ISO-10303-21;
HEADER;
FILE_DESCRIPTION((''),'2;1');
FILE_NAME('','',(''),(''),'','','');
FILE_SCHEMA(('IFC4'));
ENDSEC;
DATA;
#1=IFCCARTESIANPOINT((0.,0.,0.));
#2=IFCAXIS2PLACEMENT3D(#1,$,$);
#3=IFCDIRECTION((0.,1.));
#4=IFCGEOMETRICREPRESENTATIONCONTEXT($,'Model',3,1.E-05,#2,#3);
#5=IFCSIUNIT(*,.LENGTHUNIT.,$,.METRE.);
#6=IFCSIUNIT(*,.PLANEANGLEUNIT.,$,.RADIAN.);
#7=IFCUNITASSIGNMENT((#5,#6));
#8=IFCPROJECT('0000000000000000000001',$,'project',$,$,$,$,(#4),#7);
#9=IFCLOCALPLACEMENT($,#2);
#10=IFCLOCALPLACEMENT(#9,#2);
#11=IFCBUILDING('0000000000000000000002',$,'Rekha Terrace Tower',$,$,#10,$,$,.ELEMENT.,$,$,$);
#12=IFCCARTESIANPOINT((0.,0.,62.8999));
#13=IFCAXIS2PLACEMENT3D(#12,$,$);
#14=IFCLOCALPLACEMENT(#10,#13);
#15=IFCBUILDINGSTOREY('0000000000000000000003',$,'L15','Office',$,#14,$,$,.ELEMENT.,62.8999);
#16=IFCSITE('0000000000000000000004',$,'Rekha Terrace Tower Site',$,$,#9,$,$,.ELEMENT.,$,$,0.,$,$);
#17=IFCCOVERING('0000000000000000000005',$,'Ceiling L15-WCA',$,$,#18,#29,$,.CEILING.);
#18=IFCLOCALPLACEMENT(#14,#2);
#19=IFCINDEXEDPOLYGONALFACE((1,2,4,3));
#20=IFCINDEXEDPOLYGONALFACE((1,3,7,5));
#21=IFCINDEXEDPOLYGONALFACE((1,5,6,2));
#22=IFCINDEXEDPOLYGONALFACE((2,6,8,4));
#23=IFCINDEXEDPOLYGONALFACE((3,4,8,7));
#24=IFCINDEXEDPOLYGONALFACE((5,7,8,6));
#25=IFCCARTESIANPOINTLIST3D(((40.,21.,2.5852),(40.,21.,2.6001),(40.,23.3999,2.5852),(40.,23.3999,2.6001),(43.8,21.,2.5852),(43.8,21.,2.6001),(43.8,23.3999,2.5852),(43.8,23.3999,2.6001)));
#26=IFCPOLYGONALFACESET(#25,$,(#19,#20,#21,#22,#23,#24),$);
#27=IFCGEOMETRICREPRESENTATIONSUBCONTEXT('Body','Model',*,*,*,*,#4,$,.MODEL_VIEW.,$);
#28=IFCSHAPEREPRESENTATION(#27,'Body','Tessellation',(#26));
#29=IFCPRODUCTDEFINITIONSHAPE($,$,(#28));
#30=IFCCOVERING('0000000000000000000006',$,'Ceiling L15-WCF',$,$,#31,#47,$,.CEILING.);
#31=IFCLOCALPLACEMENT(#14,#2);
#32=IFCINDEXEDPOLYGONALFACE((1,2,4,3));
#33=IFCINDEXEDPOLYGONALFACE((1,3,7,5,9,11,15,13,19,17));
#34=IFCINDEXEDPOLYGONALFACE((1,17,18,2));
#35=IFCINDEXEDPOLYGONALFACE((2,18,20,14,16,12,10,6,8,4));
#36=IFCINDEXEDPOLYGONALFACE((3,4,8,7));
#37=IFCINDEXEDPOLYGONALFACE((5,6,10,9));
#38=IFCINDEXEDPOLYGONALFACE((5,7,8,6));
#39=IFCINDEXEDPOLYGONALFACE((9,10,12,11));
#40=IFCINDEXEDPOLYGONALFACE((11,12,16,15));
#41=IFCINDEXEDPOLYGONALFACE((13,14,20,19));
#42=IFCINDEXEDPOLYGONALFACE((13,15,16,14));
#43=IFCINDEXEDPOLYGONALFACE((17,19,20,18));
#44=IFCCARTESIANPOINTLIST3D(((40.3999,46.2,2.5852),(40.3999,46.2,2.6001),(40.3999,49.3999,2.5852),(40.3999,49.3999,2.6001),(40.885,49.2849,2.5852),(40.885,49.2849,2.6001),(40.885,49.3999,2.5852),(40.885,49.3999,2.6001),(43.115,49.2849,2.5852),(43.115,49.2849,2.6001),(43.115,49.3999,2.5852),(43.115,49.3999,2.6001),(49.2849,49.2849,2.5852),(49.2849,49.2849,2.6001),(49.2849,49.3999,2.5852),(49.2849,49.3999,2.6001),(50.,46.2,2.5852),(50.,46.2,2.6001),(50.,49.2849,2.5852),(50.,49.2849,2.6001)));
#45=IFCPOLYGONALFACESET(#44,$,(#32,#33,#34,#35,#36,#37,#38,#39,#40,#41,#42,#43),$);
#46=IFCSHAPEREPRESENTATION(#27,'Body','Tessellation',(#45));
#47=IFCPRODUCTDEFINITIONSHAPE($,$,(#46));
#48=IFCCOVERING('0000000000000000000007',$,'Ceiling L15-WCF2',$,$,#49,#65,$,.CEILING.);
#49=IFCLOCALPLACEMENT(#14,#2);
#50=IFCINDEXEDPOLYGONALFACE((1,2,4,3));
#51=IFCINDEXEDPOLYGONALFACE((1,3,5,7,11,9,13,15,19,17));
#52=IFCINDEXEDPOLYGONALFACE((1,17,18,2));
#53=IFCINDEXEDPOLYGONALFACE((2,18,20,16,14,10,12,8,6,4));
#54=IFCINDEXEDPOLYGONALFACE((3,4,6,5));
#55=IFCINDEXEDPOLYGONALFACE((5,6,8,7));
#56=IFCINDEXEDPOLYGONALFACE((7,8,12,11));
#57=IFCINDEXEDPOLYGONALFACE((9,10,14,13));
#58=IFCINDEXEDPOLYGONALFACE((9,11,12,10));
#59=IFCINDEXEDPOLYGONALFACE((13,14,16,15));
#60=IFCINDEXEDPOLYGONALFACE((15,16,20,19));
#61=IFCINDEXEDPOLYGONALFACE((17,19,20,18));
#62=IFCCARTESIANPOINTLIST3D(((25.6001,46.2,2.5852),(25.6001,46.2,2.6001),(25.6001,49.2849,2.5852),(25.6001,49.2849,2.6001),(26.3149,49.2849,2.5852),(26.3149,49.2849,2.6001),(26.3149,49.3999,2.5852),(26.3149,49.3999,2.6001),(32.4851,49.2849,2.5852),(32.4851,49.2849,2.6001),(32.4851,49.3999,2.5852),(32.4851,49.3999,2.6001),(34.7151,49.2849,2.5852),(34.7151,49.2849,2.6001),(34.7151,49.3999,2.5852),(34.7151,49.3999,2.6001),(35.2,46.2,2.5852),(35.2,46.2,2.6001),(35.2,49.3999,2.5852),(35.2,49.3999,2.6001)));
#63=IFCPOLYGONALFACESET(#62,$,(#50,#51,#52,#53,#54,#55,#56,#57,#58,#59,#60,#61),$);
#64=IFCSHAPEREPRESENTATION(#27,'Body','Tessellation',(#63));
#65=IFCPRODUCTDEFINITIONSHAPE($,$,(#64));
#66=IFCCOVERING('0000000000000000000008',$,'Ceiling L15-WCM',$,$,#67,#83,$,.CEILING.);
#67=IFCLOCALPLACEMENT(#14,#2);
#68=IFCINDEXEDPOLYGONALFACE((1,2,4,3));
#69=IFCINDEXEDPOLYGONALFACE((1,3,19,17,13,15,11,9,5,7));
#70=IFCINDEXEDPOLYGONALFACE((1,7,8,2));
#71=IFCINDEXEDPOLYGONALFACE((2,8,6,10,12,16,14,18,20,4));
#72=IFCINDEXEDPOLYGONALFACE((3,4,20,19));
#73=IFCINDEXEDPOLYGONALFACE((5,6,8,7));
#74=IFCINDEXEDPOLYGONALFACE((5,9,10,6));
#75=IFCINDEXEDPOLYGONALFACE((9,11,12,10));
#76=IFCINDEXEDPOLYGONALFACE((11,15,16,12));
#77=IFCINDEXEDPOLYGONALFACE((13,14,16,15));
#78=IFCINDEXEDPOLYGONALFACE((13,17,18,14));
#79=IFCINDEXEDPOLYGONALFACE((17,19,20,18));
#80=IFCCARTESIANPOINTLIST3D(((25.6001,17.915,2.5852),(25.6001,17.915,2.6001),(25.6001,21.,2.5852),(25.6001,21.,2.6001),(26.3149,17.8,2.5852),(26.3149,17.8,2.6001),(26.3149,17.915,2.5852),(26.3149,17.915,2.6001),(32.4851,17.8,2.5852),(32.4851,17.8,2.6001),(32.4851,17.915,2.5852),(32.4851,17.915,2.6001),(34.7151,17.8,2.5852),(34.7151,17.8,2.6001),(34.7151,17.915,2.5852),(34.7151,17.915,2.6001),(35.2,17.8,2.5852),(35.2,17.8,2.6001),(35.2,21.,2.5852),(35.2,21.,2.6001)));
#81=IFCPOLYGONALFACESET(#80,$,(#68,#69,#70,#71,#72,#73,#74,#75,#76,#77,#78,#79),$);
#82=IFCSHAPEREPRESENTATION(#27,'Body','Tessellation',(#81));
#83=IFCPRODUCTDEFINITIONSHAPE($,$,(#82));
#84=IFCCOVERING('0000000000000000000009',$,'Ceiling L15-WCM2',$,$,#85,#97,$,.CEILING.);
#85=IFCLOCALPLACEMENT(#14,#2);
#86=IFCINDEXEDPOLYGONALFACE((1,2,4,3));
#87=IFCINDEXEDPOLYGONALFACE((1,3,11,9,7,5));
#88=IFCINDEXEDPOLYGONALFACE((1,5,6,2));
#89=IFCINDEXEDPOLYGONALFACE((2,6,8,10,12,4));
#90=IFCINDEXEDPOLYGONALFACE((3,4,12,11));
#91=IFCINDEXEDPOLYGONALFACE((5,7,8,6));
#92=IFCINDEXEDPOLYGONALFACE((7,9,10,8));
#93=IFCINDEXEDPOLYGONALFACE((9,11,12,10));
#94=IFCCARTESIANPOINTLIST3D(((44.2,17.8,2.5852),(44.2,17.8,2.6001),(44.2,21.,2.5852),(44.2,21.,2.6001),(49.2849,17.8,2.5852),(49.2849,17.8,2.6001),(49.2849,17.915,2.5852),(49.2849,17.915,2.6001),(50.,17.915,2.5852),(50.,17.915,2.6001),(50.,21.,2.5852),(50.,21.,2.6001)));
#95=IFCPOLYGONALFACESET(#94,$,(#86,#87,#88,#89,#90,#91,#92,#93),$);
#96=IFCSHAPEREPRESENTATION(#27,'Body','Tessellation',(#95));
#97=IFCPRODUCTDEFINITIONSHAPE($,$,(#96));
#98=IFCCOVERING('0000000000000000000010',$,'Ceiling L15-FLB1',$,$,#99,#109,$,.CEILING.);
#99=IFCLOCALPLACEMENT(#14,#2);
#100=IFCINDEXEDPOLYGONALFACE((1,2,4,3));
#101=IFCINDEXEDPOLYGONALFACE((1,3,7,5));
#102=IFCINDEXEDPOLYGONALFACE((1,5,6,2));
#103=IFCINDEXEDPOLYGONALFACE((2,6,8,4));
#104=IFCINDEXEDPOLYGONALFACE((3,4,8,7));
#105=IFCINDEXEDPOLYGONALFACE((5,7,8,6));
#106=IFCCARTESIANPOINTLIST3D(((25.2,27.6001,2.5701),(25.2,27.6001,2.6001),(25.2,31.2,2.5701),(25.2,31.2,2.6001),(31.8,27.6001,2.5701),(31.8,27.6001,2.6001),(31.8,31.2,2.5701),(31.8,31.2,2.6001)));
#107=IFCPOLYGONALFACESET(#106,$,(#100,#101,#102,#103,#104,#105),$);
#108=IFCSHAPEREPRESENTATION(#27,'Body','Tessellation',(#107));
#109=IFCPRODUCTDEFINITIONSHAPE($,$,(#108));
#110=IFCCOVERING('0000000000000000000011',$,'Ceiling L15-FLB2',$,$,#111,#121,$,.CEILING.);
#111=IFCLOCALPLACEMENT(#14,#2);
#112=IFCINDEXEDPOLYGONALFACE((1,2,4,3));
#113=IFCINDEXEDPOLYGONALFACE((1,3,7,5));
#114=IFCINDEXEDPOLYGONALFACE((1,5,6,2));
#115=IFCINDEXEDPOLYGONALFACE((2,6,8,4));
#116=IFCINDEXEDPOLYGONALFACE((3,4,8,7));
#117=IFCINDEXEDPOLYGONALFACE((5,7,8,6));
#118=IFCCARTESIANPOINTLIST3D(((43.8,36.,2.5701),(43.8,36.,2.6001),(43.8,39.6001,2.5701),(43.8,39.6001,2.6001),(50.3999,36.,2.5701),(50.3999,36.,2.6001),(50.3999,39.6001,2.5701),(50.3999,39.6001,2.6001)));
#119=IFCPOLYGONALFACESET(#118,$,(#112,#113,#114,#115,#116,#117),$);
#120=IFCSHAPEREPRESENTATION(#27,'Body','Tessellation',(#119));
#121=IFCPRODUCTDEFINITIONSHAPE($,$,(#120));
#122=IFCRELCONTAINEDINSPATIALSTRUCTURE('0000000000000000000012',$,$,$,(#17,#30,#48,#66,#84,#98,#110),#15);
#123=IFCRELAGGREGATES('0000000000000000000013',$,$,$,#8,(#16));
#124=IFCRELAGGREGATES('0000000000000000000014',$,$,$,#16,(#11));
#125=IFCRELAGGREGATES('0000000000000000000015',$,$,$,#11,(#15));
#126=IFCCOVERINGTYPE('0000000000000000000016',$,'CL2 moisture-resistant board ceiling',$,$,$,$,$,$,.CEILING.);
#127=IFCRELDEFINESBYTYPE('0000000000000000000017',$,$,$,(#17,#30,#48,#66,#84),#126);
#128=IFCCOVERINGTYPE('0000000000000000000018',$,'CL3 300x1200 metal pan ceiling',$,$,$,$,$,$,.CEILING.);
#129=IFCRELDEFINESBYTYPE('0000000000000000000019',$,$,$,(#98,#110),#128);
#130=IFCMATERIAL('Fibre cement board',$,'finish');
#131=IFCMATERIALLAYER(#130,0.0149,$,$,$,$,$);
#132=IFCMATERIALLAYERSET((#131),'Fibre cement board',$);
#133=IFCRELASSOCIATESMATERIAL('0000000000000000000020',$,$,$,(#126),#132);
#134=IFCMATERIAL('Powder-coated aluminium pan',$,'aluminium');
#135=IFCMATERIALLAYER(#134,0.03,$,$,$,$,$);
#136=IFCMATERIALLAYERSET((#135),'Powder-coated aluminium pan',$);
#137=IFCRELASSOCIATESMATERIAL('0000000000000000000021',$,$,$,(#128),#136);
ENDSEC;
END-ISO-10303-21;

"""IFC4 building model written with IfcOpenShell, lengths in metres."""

from ifc_helpers import new_model, si_unit, direction, frame, origin, place, context, subcontext, project, spatial, polyline, outline, extrude, material, layer, layer_set, type_object, element, save


model = new_model("IFC4")

# Units and contexts
model_context = context("Model", 3, precision=1e-05, world=origin(), true_north=direction((0.0, 1.0)))
body_context = subcontext(model_context, "Body", "Model", "MODEL_VIEW")
ifc_project = project(units=[si_unit("LENGTHUNIT", "METRE"), si_unit("PLANEANGLEUNIT", "RADIAN")], contexts=[model_context])

# Site, building, storey
site_placement = place(None, origin())
site = spatial("IfcSite", under=ifc_project, at=site_placement, Name="Rekha Terrace Tower Site", CompositionType="ELEMENT", RefElevation=0.0)
building_placement = place(site_placement, origin())
building = spatial("IfcBuilding", under=site, at=building_placement, Name="Rekha Terrace Tower", CompositionType="ELEMENT")
storey_placement = place(building_placement, frame((0.0, 0.0, 62.8999)))
storey = spatial("IfcBuildingStorey", under=building, at=storey_placement, Name="L15", Description="Office", CompositionType="ELEMENT", Elevation=62.8999)

# Coverings
ifc_material_1 = material(Name="Fibre cement board", Category="finish")
ifc_layer_1 = layer(ifc_material_1, 0.0149)
ifc_layer_set_1 = layer_set([ifc_layer_1], Name="Fibre cement board")
covering_type_1 = type_object("IfcCoveringType", Name="CL2 moisture-resistant board ceiling", PredefinedType="CEILING", material=ifc_layer_set_1)
covering_1_placement = place(storey_placement, frame((0.0, 0.0, 2.5852)))
element("IfcCovering", 1, at=covering_1_placement, inside=storey, type_object=covering_type_1, Name="Ceiling L15-WCA", PredefinedType="CEILING", context=body_context, shape_type="SweptSolid", body=[
    extrude(outline(polyline([(43.8, 23.3999), (40.0, 23.3999), (40.0, 21.0), (43.8, 21.0), (43.8, 23.3999)])), origin(), (0.0, 0.0, 1.0), 0.0149),
])
covering_2_placement = place(storey_placement, frame((0.0, 0.0, 2.5852)))
element("IfcCovering", 2, at=covering_2_placement, inside=storey, type_object=covering_type_1, Name="Ceiling L15-WCF", PredefinedType="CEILING", context=body_context, shape_type="SweptSolid", body=[
    extrude(outline(polyline([(40.885, 49.3999), (40.3999, 49.3999), (40.3999, 46.2), (50.0, 46.2), (50.0, 49.2849), (49.2849, 49.2849), (49.2849, 49.3999), (43.115, 49.3999), (43.115, 49.2849), (40.885, 49.2849), (40.885, 49.3999)])), origin(), (0.0, 0.0, 1.0), 0.0149),
])
covering_3_placement = place(storey_placement, frame((0.0, 0.0, 2.5852)))
element("IfcCovering", 3, at=covering_3_placement, inside=storey, type_object=covering_type_1, Name="Ceiling L15-WCF2", PredefinedType="CEILING", context=body_context, shape_type="SweptSolid", body=[
    extrude(outline(polyline([(26.3149, 49.2849), (25.6001, 49.2849), (25.6001, 46.2), (35.2, 46.2), (35.2, 49.3999), (34.7151, 49.3999), (34.7151, 49.2849), (32.4851, 49.2849), (32.4851, 49.3999), (26.3149, 49.3999), (26.3149, 49.2849)])), origin(), (0.0, 0.0, 1.0), 0.0149),
])
covering_4_placement = place(storey_placement, frame((0.0, 0.0, 2.5852)))
element("IfcCovering", 4, at=covering_4_placement, inside=storey, type_object=covering_type_1, Name="Ceiling L15-WCM", PredefinedType="CEILING", context=body_context, shape_type="SweptSolid", body=[
    extrude(outline(polyline([(35.2, 21.0), (25.6001, 21.0), (25.6001, 17.915), (26.3149, 17.915), (26.3149, 17.8), (32.4851, 17.8), (32.4851, 17.915), (34.7151, 17.915), (34.7151, 17.8), (35.2, 17.8), (35.2, 21.0)])), origin(), (0.0, 0.0, 1.0), 0.0149),
])
covering_5_placement = place(storey_placement, frame((0.0, 0.0, 2.5852)))
element("IfcCovering", 5, at=covering_5_placement, inside=storey, type_object=covering_type_1, Name="Ceiling L15-WCM2", PredefinedType="CEILING", context=body_context, shape_type="SweptSolid", body=[
    extrude(outline(polyline([(50.0, 21.0), (44.2, 21.0), (44.2, 17.8), (49.2849, 17.8), (49.2849, 17.915), (50.0, 17.915), (50.0, 21.0)])), origin(), (0.0, 0.0, 1.0), 0.0149),
])
ifc_material_2 = material(Name="Powder-coated aluminium pan", Category="aluminium")
ifc_layer_2 = layer(ifc_material_2, 0.03)
ifc_layer_set_2 = layer_set([ifc_layer_2], Name="Powder-coated aluminium pan")
covering_type_2 = type_object("IfcCoveringType", Name="CL3 300x1200 metal pan ceiling", PredefinedType="CEILING", material=ifc_layer_set_2)
covering_6_placement = place(storey_placement, frame((0.0, 0.0, 2.5701)))
element("IfcCovering", 6, at=covering_6_placement, inside=storey, type_object=covering_type_2, Name="Ceiling L15-FLB1", PredefinedType="CEILING", context=body_context, shape_type="SweptSolid", body=[
    extrude(outline(polyline([(31.8, 31.2), (25.2, 31.2), (25.2, 27.6001), (31.8, 27.6001), (31.8, 31.2)])), origin(), (0.0, 0.0, 1.0), 0.03),
])
covering_7_placement = place(storey_placement, frame((0.0, 0.0, 2.5701)))
element("IfcCovering", 7, at=covering_7_placement, inside=storey, type_object=covering_type_2, Name="Ceiling L15-FLB2", PredefinedType="CEILING", context=body_context, shape_type="SweptSolid", body=[
    extrude(outline(polyline([(50.3999, 39.6001), (43.8, 39.6001), (43.8, 36.0), (50.3999, 36.0), (50.3999, 39.6001)])), origin(), (0.0, 0.0, 1.0), 0.03),
])

save(model, "model.ifc")
